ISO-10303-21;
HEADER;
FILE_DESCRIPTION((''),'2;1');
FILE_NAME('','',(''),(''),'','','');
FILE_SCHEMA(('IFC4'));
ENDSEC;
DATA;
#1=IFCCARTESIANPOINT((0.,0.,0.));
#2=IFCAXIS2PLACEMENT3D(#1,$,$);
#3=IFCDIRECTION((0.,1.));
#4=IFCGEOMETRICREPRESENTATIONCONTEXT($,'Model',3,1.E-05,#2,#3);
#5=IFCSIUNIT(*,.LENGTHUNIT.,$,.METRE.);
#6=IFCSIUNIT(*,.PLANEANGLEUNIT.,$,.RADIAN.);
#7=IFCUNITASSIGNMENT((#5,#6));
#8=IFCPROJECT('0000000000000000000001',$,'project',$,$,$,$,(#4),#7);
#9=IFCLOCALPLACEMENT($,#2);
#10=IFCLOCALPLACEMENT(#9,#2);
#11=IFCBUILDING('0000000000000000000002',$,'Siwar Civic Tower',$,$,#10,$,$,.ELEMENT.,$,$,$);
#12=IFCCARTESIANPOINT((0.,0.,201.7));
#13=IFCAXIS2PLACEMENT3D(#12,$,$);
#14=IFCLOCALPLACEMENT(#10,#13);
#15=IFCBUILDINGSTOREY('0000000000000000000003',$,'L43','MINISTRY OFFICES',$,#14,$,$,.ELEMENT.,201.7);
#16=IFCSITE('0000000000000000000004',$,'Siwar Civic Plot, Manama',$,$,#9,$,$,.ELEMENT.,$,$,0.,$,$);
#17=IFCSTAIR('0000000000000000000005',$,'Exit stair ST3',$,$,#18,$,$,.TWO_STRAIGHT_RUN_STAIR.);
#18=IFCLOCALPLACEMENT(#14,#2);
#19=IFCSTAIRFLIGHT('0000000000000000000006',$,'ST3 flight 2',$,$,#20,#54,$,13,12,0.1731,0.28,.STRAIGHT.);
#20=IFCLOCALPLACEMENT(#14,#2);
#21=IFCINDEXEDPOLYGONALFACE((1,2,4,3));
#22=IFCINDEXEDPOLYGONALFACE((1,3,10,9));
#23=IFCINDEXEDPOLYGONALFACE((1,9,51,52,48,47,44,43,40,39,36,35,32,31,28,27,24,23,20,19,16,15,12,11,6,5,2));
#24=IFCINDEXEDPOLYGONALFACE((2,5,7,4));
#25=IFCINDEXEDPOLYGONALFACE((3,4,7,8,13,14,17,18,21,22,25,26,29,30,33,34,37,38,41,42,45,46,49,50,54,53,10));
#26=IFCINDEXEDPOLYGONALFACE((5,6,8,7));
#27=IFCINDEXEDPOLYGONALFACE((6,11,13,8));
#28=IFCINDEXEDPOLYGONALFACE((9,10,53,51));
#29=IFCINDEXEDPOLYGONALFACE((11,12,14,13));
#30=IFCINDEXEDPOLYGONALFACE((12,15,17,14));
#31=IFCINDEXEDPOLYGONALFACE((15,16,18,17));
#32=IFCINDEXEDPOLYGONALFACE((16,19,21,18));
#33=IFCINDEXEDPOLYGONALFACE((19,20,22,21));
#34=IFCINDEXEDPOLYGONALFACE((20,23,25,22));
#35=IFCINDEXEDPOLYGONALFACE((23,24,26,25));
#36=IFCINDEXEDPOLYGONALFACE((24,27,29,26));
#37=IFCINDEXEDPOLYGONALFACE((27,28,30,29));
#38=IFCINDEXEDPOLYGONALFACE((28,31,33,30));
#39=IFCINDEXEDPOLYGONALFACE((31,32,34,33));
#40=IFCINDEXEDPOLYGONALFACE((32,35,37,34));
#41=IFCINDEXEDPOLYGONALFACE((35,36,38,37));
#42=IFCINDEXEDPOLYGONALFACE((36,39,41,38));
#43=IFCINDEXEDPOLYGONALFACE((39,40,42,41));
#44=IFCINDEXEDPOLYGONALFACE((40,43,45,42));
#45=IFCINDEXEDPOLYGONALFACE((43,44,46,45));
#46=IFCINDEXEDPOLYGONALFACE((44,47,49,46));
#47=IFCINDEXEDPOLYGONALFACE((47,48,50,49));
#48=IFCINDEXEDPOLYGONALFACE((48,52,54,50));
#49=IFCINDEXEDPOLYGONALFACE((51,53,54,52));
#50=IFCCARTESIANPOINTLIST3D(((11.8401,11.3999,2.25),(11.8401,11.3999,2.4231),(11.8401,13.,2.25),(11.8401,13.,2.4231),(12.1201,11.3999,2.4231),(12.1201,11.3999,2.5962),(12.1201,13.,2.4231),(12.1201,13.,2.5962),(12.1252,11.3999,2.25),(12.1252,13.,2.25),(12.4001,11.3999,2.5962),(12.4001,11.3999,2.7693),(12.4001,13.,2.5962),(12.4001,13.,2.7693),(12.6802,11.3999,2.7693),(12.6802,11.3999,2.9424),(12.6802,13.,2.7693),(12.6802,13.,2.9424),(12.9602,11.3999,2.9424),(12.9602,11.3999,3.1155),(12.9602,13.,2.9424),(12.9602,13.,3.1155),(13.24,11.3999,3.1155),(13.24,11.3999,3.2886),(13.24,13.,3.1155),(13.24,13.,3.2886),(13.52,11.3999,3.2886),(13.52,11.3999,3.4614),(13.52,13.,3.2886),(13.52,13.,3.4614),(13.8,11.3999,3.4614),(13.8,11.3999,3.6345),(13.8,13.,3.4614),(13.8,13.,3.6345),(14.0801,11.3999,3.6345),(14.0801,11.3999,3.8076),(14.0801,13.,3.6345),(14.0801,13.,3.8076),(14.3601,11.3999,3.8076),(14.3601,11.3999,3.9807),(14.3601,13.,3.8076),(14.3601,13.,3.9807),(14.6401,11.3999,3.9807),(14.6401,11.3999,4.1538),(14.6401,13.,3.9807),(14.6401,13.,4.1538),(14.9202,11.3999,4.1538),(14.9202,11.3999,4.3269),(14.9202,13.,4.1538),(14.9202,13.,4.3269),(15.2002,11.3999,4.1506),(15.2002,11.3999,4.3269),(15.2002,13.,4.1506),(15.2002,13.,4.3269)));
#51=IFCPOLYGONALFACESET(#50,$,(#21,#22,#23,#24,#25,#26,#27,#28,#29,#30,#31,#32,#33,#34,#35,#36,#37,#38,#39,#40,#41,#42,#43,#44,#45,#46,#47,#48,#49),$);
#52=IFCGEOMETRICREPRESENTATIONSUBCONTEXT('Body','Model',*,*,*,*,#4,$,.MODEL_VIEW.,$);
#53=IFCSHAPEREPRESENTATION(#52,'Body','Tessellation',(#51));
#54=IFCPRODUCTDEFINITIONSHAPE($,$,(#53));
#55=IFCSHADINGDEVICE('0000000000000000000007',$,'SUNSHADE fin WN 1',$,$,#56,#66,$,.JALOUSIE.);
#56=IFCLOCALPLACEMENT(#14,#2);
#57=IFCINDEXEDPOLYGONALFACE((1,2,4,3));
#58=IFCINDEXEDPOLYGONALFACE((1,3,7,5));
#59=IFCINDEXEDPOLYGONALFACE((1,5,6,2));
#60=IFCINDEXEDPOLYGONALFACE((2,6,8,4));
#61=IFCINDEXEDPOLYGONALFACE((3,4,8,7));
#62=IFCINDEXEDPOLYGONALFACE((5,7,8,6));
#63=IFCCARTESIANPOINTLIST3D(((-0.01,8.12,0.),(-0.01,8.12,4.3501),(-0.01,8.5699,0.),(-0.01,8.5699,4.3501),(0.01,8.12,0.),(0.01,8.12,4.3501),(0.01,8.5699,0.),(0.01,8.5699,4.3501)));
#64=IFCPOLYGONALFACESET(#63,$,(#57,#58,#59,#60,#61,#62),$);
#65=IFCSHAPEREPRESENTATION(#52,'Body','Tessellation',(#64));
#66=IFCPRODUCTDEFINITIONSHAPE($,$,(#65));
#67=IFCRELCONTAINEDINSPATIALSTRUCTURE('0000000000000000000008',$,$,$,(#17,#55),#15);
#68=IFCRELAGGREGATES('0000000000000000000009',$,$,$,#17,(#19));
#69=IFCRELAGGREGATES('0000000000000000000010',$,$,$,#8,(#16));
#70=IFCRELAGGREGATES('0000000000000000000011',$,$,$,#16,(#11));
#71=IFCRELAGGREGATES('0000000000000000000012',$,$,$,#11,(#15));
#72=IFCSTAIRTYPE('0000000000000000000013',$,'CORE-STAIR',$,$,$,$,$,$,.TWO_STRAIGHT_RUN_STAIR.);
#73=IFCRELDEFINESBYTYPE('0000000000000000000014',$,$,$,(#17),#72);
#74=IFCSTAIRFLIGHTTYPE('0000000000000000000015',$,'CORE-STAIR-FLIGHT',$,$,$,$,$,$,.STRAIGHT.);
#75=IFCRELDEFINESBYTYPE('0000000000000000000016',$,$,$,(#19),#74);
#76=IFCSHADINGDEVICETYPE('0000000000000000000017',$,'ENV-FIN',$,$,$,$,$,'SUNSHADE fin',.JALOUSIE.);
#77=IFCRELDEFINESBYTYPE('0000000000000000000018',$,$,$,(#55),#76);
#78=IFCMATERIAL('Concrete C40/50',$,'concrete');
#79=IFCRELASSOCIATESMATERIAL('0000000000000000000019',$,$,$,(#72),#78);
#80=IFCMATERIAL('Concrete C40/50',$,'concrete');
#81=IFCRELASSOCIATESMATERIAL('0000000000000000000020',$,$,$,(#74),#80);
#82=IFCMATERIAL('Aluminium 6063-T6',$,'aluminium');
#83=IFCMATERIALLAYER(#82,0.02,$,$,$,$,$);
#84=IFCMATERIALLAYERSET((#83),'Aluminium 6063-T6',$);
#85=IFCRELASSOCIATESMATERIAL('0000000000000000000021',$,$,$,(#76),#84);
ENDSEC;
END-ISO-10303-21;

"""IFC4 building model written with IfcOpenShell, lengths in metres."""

from ifc_helpers import new_model, si_unit, direction, frame, origin, origin_2d, place, context, subcontext, project, spatial, polyline, rectangle, outline, extrude, material, layer, layer_set, type_object, element, aggregate, save


model = new_model("IFC4")

# Units and contexts
model_context = context("Model", 3, precision=1e-05, world=origin(), true_north=direction((0.0, 1.0)))
body_context = subcontext(model_context, "Body", "Model", "MODEL_VIEW")
ifc_project = project(units=[si_unit("LENGTHUNIT", "METRE"), si_unit("PLANEANGLEUNIT", "RADIAN")], contexts=[model_context])

# Site, building, storey
site_placement = place(None, origin())
site = spatial("IfcSite", under=ifc_project, at=site_placement, Name="Siwar Civic Plot, Manama", CompositionType="ELEMENT", RefElevation=0.0)
building_placement = place(site_placement, origin())
building = spatial("IfcBuilding", under=site, at=building_placement, Name="Siwar Civic Tower", CompositionType="ELEMENT")
storey_placement = place(building_placement, frame((0.0, 0.0, 201.7)))
storey = spatial("IfcBuildingStorey", under=building, at=storey_placement, Name="L43", Description="MINISTRY OFFICES", CompositionType="ELEMENT", Elevation=201.7)

# Shared definitions
ifc_material_1 = material(Name="Concrete C40/50", Category="concrete")
stair_type = type_object("IfcStairType", Name="CORE-STAIR", PredefinedType="TWO_STRAIGHT_RUN_STAIR", material=ifc_material_1)

# Stair, stair flight
stair_1_placement = place(storey_placement, origin())
stair_1 = element("IfcStair", 1, at=stair_1_placement, inside=storey, type_object=stair_type, Name="Exit stair ST3", PredefinedType="TWO_STRAIGHT_RUN_STAIR")
ifc_material_2 = material(Name="Concrete C40/50", Category="concrete")
stair_flight_type = type_object("IfcStairFlightType", Name="CORE-STAIR-FLIGHT", PredefinedType="STRAIGHT", material=ifc_material_2)
stair_flight_placement = place(storey_placement, frame((11.8401, 12.2, 2.25), z_axis=(0.0, 0.0, 1.0), x_axis=(1.0, 0.0, 0.0)))
stair_flight = element("IfcStairFlight", 2, at=stair_flight_placement, type_object=stair_flight_type, Name="ST3 flight 2", NumberOfRisers=13, NumberOfTreads=12, PredefinedType="STRAIGHT", RiserHeight=0.1731, TreadLength=0.28, context=body_context, shape_type="SweptSolid", body=[
    extrude(outline(polyline([(0.0, 0.0), (0.0, 0.1731), (0.28, 0.1731), (0.28, 0.3462), (0.5601, 0.3462), (0.5601, 0.5193), (0.8401, 0.5193), (0.8401, 0.6924), (1.1201, 0.6924), (1.1201, 0.8655), (1.3999, 0.8655), (1.3999, 1.0386), (1.6799, 1.0386), (1.6799, 1.2114), (1.96, 1.2114), (1.96, 1.3845), (2.24, 1.3845), (2.24, 1.5576), (2.52, 1.5576), (2.52, 1.7307), (2.8, 1.7307), (2.8, 1.9038), (3.0801, 1.9038), (3.0801, 2.0769), (3.3601, 2.0769), (3.3601, 2.25), (3.3601, 1.9006), (0.2852, 0.0), (0.0, 0.0)])), frame((0.0, 0.8, 0.0), z_axis=(0.0, -1.0, 0.0), x_axis=(1.0, 0.0, 0.0)), (0.0, 0.0, 1.0), 1.6001),
])
aggregate(stair_1, [stair_flight])

# Shading device
ifc_material_3 = material(Name="Aluminium 6063-T6", Category="aluminium")
ifc_layer_1 = layer(ifc_material_3, 0.02)
ifc_layer_set_1 = layer_set([ifc_layer_1], Name="Aluminium 6063-T6")
shading_device_type = type_object("IfcShadingDeviceType", Name="ENV-FIN", ElementType="SUNSHADE fin", PredefinedType="JALOUSIE", material=ifc_layer_set_1)
shading_device_placement = place(storey_placement, frame((0.0, 8.345, 0.0), z_axis=(0.0, 0.0, 1.0), x_axis=(-1.0, 0.0, 0.0)))
element("IfcShadingDevice", 3, at=shading_device_placement, inside=storey, type_object=shading_device_type, Name="SUNSHADE fin WN 1", PredefinedType="JALOUSIE", context=body_context, shape_type="SweptSolid", body=[
    extrude(rectangle(XDim=0.02, YDim=0.45, at=origin_2d()), origin(), (0.0, 0.0, 1.0), 4.3501),
])

save(model, "model.ifc")
